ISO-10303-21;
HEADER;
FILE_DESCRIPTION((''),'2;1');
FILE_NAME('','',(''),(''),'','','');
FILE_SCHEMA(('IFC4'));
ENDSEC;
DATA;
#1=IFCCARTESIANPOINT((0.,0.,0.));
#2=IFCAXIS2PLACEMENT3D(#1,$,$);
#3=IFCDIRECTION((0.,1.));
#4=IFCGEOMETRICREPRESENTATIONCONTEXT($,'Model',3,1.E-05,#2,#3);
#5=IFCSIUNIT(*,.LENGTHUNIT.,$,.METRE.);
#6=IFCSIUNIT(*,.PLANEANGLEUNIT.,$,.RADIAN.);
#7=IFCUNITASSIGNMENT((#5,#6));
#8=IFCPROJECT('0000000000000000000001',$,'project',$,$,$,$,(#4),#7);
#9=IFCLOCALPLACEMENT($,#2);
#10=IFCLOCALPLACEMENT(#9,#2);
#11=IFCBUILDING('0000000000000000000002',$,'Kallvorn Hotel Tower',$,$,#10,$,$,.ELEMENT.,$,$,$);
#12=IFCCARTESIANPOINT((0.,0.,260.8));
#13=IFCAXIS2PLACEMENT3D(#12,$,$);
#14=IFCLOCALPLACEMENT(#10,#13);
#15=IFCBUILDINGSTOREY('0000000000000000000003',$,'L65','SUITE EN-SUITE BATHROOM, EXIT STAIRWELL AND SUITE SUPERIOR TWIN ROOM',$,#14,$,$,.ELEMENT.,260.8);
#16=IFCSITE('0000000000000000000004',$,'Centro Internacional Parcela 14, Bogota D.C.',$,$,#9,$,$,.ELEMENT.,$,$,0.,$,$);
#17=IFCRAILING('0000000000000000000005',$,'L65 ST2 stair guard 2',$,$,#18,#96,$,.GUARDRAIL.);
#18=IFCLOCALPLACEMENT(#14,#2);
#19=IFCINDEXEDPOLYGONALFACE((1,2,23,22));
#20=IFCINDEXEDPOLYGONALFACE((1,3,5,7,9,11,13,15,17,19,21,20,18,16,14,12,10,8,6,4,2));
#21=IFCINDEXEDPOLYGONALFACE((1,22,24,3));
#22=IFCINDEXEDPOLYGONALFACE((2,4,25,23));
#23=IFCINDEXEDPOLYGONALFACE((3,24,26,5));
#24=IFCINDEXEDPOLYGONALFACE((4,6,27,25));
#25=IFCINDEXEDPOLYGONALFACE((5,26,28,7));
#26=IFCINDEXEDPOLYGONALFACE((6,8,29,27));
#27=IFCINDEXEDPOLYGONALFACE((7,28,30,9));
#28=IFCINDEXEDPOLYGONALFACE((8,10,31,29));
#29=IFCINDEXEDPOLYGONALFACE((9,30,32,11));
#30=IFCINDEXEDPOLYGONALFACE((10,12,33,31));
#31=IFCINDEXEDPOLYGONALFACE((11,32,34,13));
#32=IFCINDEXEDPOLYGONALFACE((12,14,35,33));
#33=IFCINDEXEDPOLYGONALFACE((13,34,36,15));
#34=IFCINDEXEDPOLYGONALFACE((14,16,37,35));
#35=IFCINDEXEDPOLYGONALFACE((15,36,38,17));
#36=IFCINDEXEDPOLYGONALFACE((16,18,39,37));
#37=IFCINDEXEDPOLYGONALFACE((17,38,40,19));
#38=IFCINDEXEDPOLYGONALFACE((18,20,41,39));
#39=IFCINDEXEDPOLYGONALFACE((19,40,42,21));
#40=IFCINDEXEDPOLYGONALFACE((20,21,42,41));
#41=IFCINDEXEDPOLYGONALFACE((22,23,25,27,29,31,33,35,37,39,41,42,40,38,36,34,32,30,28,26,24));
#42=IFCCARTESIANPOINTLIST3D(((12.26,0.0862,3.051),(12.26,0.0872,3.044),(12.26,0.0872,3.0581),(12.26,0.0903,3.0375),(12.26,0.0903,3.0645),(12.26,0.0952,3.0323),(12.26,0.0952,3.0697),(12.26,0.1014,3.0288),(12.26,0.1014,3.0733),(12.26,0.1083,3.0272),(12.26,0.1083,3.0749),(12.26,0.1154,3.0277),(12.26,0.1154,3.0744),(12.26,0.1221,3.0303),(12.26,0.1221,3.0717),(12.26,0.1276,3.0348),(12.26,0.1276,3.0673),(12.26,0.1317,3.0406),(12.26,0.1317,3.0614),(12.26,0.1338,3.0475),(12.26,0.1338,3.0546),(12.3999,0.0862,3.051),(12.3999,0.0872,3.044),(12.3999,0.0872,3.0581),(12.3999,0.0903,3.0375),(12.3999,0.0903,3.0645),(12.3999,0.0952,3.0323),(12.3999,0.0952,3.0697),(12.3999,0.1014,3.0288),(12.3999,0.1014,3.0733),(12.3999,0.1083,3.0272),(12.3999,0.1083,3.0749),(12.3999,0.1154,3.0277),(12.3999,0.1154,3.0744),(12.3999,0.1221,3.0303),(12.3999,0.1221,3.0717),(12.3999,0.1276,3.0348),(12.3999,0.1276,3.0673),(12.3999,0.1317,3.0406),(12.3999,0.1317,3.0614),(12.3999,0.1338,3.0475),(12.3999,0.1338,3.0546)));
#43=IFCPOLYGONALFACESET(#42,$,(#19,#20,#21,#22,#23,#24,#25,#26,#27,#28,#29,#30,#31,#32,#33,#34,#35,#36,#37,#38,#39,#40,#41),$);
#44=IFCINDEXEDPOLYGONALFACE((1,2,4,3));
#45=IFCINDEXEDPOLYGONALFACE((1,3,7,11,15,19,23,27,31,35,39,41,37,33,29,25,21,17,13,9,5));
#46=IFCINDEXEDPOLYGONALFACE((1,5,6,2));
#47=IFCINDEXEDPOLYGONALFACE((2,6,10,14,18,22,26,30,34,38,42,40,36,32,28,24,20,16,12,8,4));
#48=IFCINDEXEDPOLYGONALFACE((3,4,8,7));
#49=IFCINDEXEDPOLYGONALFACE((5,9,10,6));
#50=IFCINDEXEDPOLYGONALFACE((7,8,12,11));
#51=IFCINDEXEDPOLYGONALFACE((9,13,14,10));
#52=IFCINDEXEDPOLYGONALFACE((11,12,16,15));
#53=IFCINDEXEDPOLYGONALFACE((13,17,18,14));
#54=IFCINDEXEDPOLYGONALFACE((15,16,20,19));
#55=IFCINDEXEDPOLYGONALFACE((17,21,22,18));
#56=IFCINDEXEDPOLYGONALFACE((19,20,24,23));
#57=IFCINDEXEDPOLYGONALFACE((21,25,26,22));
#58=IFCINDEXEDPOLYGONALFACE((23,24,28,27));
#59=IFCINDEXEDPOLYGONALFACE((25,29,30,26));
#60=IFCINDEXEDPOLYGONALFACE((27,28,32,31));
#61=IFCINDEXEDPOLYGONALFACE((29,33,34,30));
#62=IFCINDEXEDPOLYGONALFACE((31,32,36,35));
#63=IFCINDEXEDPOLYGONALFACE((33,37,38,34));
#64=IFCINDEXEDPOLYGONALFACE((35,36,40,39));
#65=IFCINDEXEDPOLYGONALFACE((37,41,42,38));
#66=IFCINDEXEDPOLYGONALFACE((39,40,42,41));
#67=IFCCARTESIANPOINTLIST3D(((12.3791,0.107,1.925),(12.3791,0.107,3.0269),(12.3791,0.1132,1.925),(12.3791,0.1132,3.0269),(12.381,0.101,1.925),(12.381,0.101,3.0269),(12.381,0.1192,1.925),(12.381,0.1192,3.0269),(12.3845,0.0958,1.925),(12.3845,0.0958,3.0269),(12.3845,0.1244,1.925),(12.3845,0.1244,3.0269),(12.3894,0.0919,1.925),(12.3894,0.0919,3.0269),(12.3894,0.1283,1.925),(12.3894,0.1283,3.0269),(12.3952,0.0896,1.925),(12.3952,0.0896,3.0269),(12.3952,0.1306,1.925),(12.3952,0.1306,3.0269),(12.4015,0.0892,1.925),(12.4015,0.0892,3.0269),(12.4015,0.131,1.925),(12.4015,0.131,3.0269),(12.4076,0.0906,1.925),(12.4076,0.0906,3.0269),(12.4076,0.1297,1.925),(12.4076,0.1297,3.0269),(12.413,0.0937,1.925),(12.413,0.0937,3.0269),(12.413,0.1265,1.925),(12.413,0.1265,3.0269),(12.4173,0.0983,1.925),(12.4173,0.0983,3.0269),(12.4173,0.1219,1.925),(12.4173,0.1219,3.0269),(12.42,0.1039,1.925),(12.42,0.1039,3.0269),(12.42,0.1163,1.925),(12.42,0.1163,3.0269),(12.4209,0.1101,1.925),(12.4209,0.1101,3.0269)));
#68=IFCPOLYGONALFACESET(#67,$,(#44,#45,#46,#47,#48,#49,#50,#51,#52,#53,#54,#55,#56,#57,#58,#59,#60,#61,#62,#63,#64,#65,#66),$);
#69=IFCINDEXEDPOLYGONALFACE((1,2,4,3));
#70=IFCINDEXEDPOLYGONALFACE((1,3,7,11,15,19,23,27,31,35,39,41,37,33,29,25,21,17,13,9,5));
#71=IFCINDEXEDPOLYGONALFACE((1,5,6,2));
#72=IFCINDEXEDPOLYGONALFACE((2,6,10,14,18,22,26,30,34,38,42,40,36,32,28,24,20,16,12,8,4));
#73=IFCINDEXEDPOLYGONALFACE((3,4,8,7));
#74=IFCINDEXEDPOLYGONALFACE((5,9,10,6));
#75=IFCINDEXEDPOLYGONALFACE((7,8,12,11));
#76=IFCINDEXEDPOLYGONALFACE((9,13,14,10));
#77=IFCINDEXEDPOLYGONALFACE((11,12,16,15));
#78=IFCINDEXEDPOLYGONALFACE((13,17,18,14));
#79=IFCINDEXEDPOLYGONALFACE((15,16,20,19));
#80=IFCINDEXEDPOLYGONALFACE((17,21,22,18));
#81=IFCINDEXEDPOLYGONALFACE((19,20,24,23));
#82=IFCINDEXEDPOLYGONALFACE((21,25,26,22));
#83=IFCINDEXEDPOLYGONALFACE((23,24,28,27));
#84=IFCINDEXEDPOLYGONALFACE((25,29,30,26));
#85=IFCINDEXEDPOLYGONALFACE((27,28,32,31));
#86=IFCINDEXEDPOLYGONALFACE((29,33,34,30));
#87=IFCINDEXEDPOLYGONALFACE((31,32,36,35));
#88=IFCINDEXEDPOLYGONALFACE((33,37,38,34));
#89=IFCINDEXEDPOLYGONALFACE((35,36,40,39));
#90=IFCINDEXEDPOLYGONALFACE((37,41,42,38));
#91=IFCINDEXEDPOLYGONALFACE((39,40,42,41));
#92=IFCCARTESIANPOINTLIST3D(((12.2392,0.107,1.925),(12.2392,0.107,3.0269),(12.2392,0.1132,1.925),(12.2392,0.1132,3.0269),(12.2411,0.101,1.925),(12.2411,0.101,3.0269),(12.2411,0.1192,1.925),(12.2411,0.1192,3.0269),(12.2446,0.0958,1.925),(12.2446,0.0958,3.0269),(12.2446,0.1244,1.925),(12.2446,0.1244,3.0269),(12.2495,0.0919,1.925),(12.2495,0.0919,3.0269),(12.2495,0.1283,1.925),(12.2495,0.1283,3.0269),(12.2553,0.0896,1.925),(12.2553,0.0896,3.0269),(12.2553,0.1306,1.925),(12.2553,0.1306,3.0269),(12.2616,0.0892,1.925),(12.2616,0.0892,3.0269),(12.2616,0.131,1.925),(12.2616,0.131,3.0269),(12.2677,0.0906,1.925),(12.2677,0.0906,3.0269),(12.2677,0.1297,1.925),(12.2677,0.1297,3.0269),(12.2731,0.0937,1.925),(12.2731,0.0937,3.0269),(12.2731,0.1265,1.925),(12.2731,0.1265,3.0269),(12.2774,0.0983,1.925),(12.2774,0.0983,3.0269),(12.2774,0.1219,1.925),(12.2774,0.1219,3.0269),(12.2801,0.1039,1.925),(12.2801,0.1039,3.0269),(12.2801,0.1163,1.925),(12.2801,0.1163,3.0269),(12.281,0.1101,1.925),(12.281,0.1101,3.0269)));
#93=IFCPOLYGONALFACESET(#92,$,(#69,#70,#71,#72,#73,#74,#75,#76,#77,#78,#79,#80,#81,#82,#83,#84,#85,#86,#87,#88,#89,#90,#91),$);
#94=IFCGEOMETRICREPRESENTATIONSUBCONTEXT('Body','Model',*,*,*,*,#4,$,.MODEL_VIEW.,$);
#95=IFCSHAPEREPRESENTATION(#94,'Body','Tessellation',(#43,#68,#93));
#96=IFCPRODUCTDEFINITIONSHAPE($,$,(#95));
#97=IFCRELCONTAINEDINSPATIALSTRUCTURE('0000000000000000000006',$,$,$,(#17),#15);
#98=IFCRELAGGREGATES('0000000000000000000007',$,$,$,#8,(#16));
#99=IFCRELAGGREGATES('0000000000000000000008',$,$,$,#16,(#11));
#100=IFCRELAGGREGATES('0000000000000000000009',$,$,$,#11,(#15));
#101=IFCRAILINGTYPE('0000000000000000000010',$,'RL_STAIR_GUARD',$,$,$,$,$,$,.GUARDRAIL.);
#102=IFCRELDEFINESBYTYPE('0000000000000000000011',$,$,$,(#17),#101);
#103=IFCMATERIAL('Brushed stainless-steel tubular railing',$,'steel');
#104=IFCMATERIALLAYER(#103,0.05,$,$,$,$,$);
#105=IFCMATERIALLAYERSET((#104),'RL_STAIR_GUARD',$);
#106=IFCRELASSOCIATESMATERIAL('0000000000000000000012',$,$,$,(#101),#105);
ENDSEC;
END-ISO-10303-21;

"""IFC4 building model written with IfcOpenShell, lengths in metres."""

from ifc_helpers import new_model, si_unit, direction, frame, origin, origin_2d, place, context, subcontext, project, spatial, circle, extrude, material, layer, layer_set, type_object, element, save


model = new_model("IFC4")

# Units and contexts
model_context = context("Model", 3, precision=1e-05, world=origin(), true_north=direction((0.0, 1.0)))
body_context = subcontext(model_context, "Body", "Model", "MODEL_VIEW")
ifc_project = project(units=[si_unit("LENGTHUNIT", "METRE"), si_unit("PLANEANGLEUNIT", "RADIAN")], contexts=[model_context])

# Site, building, storey
site_placement = place(None, origin())
site = spatial("IfcSite", under=ifc_project, at=site_placement, Name="Centro Internacional Parcela 14, Bogota D.C.", CompositionType="ELEMENT", RefElevation=0.0)
building_placement = place(site_placement, origin())
building = spatial("IfcBuilding", under=site, at=building_placement, Name="Kallvorn Hotel Tower", CompositionType="ELEMENT")
storey_placement = place(building_placement, frame((0.0, 0.0, 260.8)))
storey = spatial("IfcBuildingStorey", under=building, at=storey_placement, Name="L65", Description="SUITE EN-SUITE BATHROOM, EXIT STAIRWELL AND SUITE SUPERIOR TWIN ROOM", CompositionType="ELEMENT", Elevation=260.8)

# Railing
ifc_material_1 = material(Name="Brushed stainless-steel tubular railing", Category="steel")
ifc_layer_1 = layer(ifc_material_1, 0.05)
ifc_layer_set_1 = layer_set([ifc_layer_1], Name="RL_STAIR_GUARD")
railing_type_1 = type_object("IfcRailingType", Name="RL_STAIR_GUARD", PredefinedType="GUARDRAIL", material=ifc_layer_set_1)
railing_1_placement = place(storey_placement, frame((12.3999, 0.1101, 1.925)))
element("IfcRailing", 1, at=railing_1_placement, inside=storey, type_object=railing_type_1, Name="L65 ST2 stair guard 2", PredefinedType="GUARDRAIL", context=body_context, shape_type="SweptSolid", body=[
    extrude(circle(Radius=0.0239, at=origin_2d()), frame((0.0, 0.0, 1.126), z_axis=(-1.0, 0.0, 0.0), x_axis=(0.0, -1.0, 0.0)), (0.0, 0.0, 1.0), 0.1399),
    extrude(circle(Radius=0.021, at=origin_2d()), origin(), (0.0, 0.0, 1.0), 1.1018),
    extrude(circle(Radius=0.021, at=origin_2d()), frame((-0.1399, 0.0, 0.0)), (0.0, 0.0, 1.0), 1.1018),
])

save(model, "model.ifc")
